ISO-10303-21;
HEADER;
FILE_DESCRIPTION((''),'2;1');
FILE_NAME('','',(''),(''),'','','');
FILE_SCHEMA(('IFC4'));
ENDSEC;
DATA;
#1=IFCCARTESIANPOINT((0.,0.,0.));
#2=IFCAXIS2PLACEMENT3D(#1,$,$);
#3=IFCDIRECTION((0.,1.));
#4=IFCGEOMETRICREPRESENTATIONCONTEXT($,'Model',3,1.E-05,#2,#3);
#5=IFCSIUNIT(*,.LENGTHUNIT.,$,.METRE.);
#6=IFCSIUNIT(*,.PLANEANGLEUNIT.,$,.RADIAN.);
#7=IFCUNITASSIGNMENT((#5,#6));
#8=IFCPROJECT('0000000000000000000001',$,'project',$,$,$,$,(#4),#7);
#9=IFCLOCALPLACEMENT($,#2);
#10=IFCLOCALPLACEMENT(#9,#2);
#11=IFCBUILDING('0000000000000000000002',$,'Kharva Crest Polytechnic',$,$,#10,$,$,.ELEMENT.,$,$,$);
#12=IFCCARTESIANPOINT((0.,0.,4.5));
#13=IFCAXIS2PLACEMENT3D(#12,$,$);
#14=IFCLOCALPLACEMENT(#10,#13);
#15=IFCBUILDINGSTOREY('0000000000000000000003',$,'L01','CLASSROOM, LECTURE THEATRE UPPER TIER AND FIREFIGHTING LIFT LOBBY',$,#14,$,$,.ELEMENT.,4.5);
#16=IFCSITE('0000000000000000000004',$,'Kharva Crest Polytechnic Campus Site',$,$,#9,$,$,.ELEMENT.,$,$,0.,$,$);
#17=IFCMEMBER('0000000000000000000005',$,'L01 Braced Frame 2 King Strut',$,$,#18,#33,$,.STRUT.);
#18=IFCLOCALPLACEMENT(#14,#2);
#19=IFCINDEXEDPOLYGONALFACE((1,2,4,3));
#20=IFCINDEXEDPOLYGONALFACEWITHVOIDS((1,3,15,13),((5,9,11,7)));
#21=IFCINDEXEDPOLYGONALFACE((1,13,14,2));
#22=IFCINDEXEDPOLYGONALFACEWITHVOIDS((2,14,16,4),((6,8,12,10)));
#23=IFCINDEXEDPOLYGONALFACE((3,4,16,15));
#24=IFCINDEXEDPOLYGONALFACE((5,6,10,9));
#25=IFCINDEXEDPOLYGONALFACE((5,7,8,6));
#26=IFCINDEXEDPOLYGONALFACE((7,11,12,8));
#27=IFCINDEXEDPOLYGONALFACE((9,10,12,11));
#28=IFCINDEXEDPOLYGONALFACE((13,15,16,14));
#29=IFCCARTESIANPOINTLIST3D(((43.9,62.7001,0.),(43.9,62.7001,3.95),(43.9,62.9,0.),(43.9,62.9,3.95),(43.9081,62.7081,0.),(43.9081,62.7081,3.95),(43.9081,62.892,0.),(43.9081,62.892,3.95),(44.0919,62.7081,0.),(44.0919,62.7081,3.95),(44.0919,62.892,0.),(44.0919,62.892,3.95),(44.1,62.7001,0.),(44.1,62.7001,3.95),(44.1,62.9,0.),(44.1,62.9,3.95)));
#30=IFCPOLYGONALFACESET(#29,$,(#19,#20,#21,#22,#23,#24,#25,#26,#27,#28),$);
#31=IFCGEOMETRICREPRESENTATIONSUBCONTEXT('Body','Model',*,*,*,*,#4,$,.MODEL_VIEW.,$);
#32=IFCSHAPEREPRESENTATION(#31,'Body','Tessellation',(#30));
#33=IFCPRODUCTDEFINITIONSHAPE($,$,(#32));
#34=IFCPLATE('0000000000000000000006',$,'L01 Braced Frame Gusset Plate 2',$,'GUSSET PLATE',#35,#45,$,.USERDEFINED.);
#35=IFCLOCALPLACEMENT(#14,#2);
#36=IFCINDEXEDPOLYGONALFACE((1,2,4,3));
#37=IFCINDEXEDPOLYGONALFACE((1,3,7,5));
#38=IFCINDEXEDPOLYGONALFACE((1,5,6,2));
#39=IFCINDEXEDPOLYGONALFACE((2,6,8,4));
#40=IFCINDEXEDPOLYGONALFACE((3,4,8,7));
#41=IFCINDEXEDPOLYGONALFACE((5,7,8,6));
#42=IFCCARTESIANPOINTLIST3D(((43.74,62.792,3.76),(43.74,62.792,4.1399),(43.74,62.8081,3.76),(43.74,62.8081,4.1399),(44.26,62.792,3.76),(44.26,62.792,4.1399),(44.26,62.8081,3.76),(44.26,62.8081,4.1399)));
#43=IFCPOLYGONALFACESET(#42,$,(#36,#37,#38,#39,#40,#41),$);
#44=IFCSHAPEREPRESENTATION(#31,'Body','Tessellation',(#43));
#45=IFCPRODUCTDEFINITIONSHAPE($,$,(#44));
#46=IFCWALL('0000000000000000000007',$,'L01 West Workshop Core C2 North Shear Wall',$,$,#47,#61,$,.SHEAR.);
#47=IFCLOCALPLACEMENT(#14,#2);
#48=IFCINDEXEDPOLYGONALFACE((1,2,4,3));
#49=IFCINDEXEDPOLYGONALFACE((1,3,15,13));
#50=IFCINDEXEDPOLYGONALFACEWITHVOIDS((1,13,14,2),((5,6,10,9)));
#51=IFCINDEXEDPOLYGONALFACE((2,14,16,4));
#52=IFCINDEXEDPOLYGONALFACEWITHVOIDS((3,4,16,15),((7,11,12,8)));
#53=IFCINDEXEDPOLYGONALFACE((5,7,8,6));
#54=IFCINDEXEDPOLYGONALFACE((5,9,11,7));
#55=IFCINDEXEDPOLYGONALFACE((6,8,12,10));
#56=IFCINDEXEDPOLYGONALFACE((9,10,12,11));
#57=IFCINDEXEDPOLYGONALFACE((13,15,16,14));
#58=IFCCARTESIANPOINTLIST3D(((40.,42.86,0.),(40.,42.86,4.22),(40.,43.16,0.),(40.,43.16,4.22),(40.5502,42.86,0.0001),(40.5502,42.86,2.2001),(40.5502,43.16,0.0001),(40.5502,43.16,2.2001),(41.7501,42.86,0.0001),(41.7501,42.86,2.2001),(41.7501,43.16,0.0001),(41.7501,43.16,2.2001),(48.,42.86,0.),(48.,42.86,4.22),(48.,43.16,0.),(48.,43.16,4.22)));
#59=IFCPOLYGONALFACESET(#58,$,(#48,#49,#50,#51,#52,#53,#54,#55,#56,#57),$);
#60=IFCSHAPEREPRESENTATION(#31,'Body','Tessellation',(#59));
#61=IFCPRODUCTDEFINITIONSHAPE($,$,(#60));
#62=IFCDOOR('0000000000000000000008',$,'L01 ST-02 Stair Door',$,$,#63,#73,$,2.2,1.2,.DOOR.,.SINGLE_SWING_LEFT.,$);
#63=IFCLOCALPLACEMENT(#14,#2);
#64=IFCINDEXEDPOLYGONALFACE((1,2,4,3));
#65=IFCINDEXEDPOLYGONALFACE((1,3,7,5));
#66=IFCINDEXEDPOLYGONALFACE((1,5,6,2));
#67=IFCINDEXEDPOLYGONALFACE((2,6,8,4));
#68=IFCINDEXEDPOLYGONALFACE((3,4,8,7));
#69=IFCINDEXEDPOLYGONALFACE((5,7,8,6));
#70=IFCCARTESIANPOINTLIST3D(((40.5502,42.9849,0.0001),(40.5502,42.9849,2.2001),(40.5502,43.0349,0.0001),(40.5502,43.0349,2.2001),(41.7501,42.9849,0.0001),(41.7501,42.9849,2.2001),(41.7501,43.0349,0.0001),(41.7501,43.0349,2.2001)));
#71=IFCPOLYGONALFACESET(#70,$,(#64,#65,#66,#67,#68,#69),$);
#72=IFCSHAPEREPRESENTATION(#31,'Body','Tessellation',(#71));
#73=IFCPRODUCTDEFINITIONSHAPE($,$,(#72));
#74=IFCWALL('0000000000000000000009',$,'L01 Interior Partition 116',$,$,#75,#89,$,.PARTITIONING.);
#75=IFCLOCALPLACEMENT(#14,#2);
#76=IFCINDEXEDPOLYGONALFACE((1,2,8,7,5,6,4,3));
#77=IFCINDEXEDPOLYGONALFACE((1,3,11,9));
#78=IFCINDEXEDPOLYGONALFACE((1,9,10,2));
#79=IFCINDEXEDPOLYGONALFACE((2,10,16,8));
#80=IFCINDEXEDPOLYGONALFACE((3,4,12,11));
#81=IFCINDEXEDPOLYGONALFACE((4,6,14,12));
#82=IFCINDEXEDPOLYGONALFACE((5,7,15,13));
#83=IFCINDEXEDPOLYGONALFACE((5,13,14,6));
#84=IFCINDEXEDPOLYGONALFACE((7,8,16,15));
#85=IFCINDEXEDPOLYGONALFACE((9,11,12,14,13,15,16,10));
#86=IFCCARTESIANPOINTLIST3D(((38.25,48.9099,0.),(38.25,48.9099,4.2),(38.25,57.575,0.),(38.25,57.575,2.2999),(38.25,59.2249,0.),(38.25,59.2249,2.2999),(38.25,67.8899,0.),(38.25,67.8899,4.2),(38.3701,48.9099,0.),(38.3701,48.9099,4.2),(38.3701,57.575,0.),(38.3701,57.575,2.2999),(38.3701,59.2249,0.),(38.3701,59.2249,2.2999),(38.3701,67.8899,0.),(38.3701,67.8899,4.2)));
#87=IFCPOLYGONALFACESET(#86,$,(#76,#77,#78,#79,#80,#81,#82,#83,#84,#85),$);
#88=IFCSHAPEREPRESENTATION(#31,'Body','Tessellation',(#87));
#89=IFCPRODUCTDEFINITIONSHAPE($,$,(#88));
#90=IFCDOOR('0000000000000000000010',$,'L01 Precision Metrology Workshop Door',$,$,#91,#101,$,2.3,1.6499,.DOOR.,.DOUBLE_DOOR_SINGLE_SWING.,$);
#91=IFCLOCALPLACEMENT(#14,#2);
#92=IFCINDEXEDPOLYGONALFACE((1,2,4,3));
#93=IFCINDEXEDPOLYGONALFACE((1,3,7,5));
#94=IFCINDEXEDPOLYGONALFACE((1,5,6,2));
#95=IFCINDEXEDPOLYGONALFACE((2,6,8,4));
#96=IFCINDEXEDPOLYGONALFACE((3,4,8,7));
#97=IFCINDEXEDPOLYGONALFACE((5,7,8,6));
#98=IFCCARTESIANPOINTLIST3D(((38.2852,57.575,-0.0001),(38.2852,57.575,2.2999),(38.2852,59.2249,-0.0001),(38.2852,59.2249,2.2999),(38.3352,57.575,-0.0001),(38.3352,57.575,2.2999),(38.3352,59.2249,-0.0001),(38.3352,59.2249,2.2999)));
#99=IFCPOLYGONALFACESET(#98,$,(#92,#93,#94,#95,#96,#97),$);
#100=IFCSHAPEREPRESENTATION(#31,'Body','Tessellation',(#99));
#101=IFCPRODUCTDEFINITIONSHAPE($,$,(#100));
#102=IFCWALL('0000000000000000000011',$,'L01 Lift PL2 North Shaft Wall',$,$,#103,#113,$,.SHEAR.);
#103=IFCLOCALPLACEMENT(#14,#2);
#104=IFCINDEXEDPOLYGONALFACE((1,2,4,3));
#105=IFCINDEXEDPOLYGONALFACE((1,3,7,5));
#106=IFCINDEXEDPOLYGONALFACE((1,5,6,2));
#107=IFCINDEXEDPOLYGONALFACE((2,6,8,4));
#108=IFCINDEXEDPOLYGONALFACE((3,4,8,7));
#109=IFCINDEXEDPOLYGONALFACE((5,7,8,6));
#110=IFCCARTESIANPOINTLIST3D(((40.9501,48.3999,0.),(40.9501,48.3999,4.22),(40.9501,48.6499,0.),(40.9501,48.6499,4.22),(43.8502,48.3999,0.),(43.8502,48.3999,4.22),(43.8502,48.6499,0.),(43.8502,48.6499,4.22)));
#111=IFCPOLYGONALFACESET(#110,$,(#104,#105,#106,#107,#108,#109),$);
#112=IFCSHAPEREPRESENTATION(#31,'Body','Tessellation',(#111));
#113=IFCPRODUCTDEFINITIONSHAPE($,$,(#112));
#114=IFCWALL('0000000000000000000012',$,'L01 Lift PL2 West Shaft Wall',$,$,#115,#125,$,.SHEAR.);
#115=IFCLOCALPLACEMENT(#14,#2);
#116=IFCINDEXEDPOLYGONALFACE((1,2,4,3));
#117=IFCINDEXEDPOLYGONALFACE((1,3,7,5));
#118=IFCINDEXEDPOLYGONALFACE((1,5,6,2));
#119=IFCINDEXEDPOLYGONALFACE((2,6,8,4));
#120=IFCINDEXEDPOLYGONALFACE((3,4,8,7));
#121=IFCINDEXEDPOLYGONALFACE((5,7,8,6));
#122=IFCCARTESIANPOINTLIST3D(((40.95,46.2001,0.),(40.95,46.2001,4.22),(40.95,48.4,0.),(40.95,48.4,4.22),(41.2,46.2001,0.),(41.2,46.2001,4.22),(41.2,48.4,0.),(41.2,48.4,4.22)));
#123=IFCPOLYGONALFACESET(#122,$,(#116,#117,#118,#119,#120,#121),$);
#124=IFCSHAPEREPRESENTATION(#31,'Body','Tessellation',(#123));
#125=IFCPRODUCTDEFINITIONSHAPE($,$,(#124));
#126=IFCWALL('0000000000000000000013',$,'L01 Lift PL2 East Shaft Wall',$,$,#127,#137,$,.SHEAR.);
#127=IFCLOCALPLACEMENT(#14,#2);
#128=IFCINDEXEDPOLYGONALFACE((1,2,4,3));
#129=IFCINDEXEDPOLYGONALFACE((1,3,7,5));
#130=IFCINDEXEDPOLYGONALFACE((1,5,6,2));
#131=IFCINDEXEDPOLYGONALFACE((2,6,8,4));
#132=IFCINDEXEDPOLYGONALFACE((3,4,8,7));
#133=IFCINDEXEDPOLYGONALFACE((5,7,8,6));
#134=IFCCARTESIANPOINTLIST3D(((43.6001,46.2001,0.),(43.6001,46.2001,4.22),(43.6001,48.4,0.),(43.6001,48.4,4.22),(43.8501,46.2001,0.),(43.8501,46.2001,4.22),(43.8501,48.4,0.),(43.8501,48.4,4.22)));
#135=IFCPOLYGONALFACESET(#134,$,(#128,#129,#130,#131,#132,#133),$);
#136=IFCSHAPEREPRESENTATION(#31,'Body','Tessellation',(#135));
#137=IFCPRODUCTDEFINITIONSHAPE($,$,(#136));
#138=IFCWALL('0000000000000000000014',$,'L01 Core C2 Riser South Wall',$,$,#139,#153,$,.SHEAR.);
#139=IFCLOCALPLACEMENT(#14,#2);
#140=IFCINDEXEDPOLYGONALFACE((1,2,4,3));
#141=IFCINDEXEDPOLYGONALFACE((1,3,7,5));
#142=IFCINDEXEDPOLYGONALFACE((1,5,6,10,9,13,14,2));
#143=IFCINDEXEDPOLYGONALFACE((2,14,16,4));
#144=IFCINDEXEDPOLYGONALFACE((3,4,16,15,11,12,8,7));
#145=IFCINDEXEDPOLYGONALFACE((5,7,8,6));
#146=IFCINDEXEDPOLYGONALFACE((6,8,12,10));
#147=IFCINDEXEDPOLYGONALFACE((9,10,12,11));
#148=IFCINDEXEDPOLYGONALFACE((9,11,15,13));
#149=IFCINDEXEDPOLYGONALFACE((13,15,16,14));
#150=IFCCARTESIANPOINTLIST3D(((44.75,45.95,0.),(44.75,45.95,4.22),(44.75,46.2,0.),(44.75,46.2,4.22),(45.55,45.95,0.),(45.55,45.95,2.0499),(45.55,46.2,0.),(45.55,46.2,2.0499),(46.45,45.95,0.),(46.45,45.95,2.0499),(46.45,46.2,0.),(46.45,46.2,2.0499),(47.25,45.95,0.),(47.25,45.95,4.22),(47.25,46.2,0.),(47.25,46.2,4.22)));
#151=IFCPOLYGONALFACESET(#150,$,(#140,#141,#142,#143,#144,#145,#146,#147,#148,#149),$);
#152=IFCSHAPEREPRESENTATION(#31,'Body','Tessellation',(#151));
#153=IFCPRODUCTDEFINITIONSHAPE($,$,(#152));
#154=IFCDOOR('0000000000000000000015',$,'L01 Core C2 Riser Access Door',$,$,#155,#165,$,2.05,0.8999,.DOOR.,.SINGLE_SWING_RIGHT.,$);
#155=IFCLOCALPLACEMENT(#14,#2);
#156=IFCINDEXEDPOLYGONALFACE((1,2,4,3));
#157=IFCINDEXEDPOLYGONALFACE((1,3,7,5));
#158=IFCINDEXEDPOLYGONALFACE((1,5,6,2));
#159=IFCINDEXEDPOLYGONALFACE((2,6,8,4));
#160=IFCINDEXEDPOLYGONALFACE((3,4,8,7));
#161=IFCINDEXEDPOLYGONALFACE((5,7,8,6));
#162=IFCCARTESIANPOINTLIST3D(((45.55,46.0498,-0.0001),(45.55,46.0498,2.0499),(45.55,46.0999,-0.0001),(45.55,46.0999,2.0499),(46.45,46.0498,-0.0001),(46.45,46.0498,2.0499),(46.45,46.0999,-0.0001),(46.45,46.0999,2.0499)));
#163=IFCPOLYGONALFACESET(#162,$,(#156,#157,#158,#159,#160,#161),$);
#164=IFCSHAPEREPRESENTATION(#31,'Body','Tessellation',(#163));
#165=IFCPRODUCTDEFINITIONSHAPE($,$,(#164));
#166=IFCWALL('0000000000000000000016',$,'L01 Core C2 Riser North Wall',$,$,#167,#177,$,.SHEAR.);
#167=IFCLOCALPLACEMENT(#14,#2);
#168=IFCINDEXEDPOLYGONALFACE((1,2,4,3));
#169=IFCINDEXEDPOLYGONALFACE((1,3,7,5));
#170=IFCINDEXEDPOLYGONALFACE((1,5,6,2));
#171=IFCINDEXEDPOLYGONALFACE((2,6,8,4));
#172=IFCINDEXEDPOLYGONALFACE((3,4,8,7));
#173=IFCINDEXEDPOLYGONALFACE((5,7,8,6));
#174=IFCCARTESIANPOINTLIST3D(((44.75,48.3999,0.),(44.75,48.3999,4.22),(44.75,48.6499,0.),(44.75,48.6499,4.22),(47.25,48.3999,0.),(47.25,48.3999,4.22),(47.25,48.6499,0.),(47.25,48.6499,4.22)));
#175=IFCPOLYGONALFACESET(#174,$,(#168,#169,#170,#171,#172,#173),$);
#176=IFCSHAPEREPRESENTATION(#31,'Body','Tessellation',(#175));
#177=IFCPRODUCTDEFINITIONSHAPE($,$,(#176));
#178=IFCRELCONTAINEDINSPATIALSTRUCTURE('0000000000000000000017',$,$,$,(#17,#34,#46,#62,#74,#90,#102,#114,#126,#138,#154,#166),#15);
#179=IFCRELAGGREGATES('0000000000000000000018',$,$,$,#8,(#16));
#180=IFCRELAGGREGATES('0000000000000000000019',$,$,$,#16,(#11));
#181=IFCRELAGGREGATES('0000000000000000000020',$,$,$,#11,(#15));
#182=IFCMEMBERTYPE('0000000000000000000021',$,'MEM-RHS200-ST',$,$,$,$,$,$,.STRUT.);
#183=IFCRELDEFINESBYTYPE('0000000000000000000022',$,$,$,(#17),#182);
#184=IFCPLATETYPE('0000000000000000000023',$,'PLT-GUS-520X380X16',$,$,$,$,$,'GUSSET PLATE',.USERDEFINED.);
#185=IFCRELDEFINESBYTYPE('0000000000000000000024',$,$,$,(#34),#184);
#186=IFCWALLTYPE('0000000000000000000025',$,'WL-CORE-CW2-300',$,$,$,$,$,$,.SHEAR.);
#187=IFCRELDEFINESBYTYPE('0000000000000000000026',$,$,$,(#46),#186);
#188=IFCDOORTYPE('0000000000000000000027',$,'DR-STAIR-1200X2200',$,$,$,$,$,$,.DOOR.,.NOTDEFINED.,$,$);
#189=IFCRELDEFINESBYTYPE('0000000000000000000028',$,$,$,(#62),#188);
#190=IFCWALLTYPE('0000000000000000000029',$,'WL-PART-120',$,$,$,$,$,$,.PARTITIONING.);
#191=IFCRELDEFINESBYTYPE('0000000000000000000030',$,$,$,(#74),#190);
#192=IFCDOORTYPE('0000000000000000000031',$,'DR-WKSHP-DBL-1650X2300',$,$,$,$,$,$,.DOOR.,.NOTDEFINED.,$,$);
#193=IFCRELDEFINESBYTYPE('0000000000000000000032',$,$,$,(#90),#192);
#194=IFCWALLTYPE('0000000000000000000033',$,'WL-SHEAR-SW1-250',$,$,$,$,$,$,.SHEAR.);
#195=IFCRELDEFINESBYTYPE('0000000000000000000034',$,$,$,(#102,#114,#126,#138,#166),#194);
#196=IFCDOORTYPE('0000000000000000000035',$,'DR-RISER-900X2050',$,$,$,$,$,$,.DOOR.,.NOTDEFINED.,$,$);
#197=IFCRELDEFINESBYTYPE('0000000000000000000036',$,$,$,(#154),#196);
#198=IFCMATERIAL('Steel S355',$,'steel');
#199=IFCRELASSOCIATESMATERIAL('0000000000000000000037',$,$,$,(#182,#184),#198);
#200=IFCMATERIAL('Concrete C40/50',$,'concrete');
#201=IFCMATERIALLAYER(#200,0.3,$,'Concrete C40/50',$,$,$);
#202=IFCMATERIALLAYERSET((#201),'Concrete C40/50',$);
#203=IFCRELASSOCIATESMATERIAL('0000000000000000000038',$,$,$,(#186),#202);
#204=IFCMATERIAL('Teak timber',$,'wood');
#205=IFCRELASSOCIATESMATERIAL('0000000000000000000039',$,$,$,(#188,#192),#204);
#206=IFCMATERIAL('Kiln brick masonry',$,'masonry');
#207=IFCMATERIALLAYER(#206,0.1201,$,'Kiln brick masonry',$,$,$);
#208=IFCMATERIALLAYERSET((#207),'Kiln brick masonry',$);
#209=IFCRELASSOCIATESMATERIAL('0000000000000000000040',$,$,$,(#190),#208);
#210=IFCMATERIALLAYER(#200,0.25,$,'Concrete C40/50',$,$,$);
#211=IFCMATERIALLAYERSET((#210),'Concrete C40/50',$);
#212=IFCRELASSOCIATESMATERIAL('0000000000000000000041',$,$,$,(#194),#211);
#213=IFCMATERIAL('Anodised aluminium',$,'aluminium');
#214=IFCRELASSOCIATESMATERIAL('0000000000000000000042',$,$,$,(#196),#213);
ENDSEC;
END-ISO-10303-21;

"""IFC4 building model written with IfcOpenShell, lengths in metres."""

from ifc_helpers import new_model, si_unit, direction, frame, frame_2d, origin, origin_2d, place, context, subcontext, project, spatial, rectangle, hollow_rectangle, extrude, material, layer, layer_set, material_profile, profile_set, type_object, element, fill, save


model = new_model("IFC4")

# Units and contexts
model_context = context("Model", 3, precision=1e-05, world=origin(), true_north=direction((0.0, 1.0)))
body_context = subcontext(model_context, "Body", "Model", "MODEL_VIEW")
ifc_project = project(units=[si_unit("LENGTHUNIT", "METRE"), si_unit("PLANEANGLEUNIT", "RADIAN")], contexts=[model_context])

# Site, building, storey
site_placement = place(None, origin())
site = spatial("IfcSite", under=ifc_project, at=site_placement, Name="Kharva Crest Polytechnic Campus Site", CompositionType="ELEMENT", RefElevation=0.0)
building_placement = place(site_placement, origin())
building = spatial("IfcBuilding", under=site, at=building_placement, Name="Kharva Crest Polytechnic", CompositionType="ELEMENT")
storey_placement = place(building_placement, frame((0.0, 0.0, 4.5)))
storey = spatial("IfcBuildingStorey", under=building, at=storey_placement, Name="L01", Description="CLASSROOM, LECTURE THEATRE UPPER TIER AND FIREFIGHTING LIFT LOBBY", CompositionType="ELEMENT", Elevation=4.5)

# Shared definitions
ifc_material_1 = material(Name="Concrete C40/50", Category="concrete")

# Shared definitions
ifc_material_2 = material(Name="Steel S355", Category="steel")

# Member
ifc_material_profile_1 = material_profile(ifc_material_2, hollow_rectangle(XDim=0.2, YDim=0.2, WallThickness=0.0081, at=origin_2d()), Name="RHS 200X200X8.0")
ifc_profile_set_1 = profile_set([ifc_material_profile_1], Name="Steel S355")
member_type_1 = type_object("IfcMemberType", Name="MEM-RHS200-ST", PredefinedType="STRUT", material=ifc_profile_set_1)
member_1_placement = place(storey_placement, frame((44.0, 62.8, 0.0), z_axis=(0.0, 0.0, 1.0), x_axis=(1.0, 0.0, 0.0)))
element("IfcMember", 1, at=member_1_placement, inside=storey, type_object=member_type_1, Name="L01 Braced Frame 2 King Strut", PredefinedType="STRUT", context=body_context, shape_type="SweptSolid", body=[
    extrude(hollow_rectangle(XDim=0.2, YDim=0.2, WallThickness=0.0081, at=origin_2d()), origin(), (0.0, 0.0, 1.0), 3.95),
])

# Plate
plate_type = type_object("IfcPlateType", Name="PLT-GUS-520X380X16", ElementType="GUSSET PLATE", PredefinedType="USERDEFINED", material=ifc_material_2)
plate_placement = place(storey_placement, frame((44.0, 62.8, 3.76), z_axis=(0.0, 0.0, 1.0), x_axis=(1.0, 0.0, 0.0)))
element("IfcPlate", 2, at=plate_placement, inside=storey, type_object=plate_type, Name="L01 Braced Frame Gusset Plate 2", ObjectType="GUSSET PLATE", PredefinedType="USERDEFINED", context=body_context, shape_type="SweptSolid", body=[
    extrude(rectangle(XDim=0.52, YDim=0.0161, at=origin_2d()), origin(), (0.0, 0.0, 1.0), 0.3799),
])

# Walls, openings, doors
ifc_layer_1 = layer(ifc_material_1, 0.3, Name="Concrete C40/50")
ifc_layer_set_1 = layer_set([ifc_layer_1], Name="Concrete C40/50")
wall_type_1 = type_object("IfcWallType", Name="WL-CORE-CW2-300", PredefinedType="SHEAR", material=ifc_layer_set_1)
wall_1_placement = place(storey_placement, frame((40.0, 43.01, 0.0), z_axis=(0.0, 0.0, 1.0), x_axis=(1.0, 0.0, 0.0)))
wall_1 = element("IfcWall", 3, at=wall_1_placement, inside=storey, type_object=wall_type_1, Name="L01 West Workshop Core C2 North Shear Wall", PredefinedType="SHEAR", context=body_context, shape_type="SweptSolid", body=[
    extrude(rectangle(XDim=8.0, YDim=0.3, at=frame_2d((4.0, 0.0))), origin(), (0.0, 0.0, 1.0), 4.22),
])
opening_1_placement = place(wall_1_placement, frame((0.55, 0.0, 0.0)))
opening_1 = element("IfcOpeningElement", 4, at=opening_1_placement, cuts=wall_1, PredefinedType="OPENING", context=body_context, shape_type="SweptSolid", body=[
    extrude(rectangle(XDim=1.2, YDim=2.2, at=frame_2d((0.6001, 1.1001))), frame((0.0, 0.1599, 0.0), z_axis=(0.0, -1.0, 0.0), x_axis=(1.0, 0.0, 0.0)), (0.0, 0.0, 1.0), 0.3201),
])
ifc_material_3 = material(Name="Teak timber", Category="wood")
door_type_1 = type_object("IfcDoorType", Name="DR-STAIR-1200X2200", OperationType="NOTDEFINED", PredefinedType="DOOR", material=ifc_material_3)
door_1_placement = place(opening_1_placement, origin())
door_1 = element("IfcDoor", 5, at=door_1_placement, inside=storey, type_object=door_type_1, Name="L01 ST-02 Stair Door", OperationType="SINGLE_SWING_LEFT", OverallHeight=2.2, OverallWidth=1.2, PredefinedType="DOOR", context=body_context, shape_type="SweptSolid", body=[
    extrude(rectangle(XDim=1.2, YDim=2.2, at=frame_2d((0.6001, 1.1001))), frame((0.0, 0.0249, 0.0), z_axis=(0.0, -1.0, 0.0), x_axis=(1.0, 0.0, 0.0)), (0.0, 0.0, 1.0), 0.05),
])
fill(opening_1, door_1)
ifc_material_4 = material(Name="Kiln brick masonry", Category="masonry")
ifc_layer_2 = layer(ifc_material_4, 0.1201, Name="Kiln brick masonry")
ifc_layer_set_2 = layer_set([ifc_layer_2], Name="Kiln brick masonry")
wall_type_2 = type_object("IfcWallType", Name="WL-PART-120", PredefinedType="PARTITIONING", material=ifc_layer_set_2)
wall_2_placement = place(storey_placement, frame((38.3101, 48.9099, 0.0), z_axis=(0.0, 0.0, 1.0), x_axis=(0.0, 1.0, 0.0)))
wall_2 = element("IfcWall", 6, at=wall_2_placement, inside=storey, type_object=wall_type_2, Name="L01 Interior Partition 116", PredefinedType="PARTITIONING", context=body_context, shape_type="SweptSolid", body=[
    extrude(rectangle(XDim=18.98, YDim=0.1201, at=frame_2d((9.49, 0.0))), origin(), (0.0, 0.0, 1.0), 4.2),
])
opening_2_placement = place(wall_2_placement, frame((8.665, 0.0, 0.0)))
opening_2 = element("IfcOpeningElement", 7, at=opening_2_placement, cuts=wall_2, PredefinedType="OPENING", context=body_context, shape_type="SweptSolid", body=[
    extrude(rectangle(XDim=1.6499, YDim=2.3, at=frame_2d((0.825, 1.1499))), frame((0.0, 0.0701, 0.0), z_axis=(0.0, -1.0, 0.0), x_axis=(1.0, 0.0, 0.0)), (0.0, 0.0, 1.0), 0.1401),
])
door_type_2 = type_object("IfcDoorType", Name="DR-WKSHP-DBL-1650X2300", OperationType="NOTDEFINED", PredefinedType="DOOR", material=ifc_material_3)
door_2_placement = place(opening_2_placement, origin())
door_2 = element("IfcDoor", 8, at=door_2_placement, inside=storey, type_object=door_type_2, Name="L01 Precision Metrology Workshop Door", OperationType="DOUBLE_DOOR_SINGLE_SWING", OverallHeight=2.3, OverallWidth=1.6499, PredefinedType="DOOR", context=body_context, shape_type="SweptSolid", body=[
    extrude(rectangle(XDim=1.6499, YDim=2.3, at=frame_2d((0.825, 1.1499))), frame((0.0, 0.0249, 0.0), z_axis=(0.0, -1.0, 0.0), x_axis=(1.0, 0.0, 0.0)), (0.0, 0.0, 1.0), 0.05),
])
fill(opening_2, door_2)
ifc_layer_3 = layer(ifc_material_1, 0.25, Name="Concrete C40/50")
ifc_layer_set_3 = layer_set([ifc_layer_3], Name="Concrete C40/50")
wall_type_3 = type_object("IfcWallType", Name="WL-SHEAR-SW1-250", PredefinedType="SHEAR", material=ifc_layer_set_3)
ifc_material_5 = material(Name="Anodised aluminium", Category="aluminium")

# Walls
wall_3_placement = place(storey_placement, frame((40.95, 48.5249, 0.0), z_axis=(0.0, 0.0, 1.0), x_axis=(1.0, 0.0, 0.0)))
element("IfcWall", 9, at=wall_3_placement, inside=storey, type_object=wall_type_3, Name="L01 Lift PL2 North Shaft Wall", PredefinedType="SHEAR", context=body_context, shape_type="SweptSolid", body=[
    extrude(rectangle(XDim=2.9001, YDim=0.25, at=frame_2d((1.4502, 0.0))), origin(), (0.0, 0.0, 1.0), 4.22),
])
for number, where, z_axis, x_axis, name in (
    (10, (41.075, 46.2, 0.0), (0.0, 0.0, 1.0), (0.0, 1.0, 0.0), "L01 Lift PL2 West Shaft Wall"),
    (11, (43.7251, 46.2, 0.0), (0.0, 0.0, 1.0), (0.0, 1.0, 0.0), "L01 Lift PL2 East Shaft Wall"),
):
    element("IfcWall", number, at=place(storey_placement, frame(where, z_axis=z_axis, x_axis=x_axis)), inside=storey, type_object=wall_type_3, Name=name, PredefinedType="SHEAR", context=body_context, shape_type="SweptSolid", body=[
        extrude(rectangle(XDim=2.2, YDim=0.25, at=frame_2d((1.1001, 0.0))), origin(), (0.0, 0.0, 1.0), 4.22),
    ])

# Wall, opening, door
wall_4_placement = place(storey_placement, frame((44.75, 46.075, 0.0), z_axis=(0.0, 0.0, 1.0), x_axis=(1.0, 0.0, 0.0)))
wall_4 = element("IfcWall", 12, at=wall_4_placement, inside=storey, type_object=wall_type_3, Name="L01 Core C2 Riser South Wall", PredefinedType="SHEAR", context=body_context, shape_type="SweptSolid", body=[
    extrude(rectangle(XDim=2.5, YDim=0.25, at=frame_2d((1.25, 0.0))), origin(), (0.0, 0.0, 1.0), 4.22),
])
opening_3_placement = place(wall_4_placement, frame((0.8, 0.0, 0.0)))
opening_3 = element("IfcOpeningElement", 13, at=opening_3_placement, cuts=wall_4, PredefinedType="OPENING", context=body_context, shape_type="SweptSolid", body=[
    extrude(rectangle(XDim=0.8999, YDim=2.05, at=frame_2d((0.45, 1.0249))), frame((0.0, 0.135, 0.0), z_axis=(0.0, -1.0, 0.0), x_axis=(1.0, 0.0, 0.0)), (0.0, 0.0, 1.0), 0.27),
])
door_type_3 = type_object("IfcDoorType", Name="DR-RISER-900X2050", OperationType="NOTDEFINED", PredefinedType="DOOR", material=ifc_material_5)
door_3_placement = place(opening_3_placement, origin())
door_3 = element("IfcDoor", 14, at=door_3_placement, inside=storey, type_object=door_type_3, Name="L01 Core C2 Riser Access Door", OperationType="SINGLE_SWING_RIGHT", OverallHeight=2.05, OverallWidth=0.8999, PredefinedType="DOOR", context=body_context, shape_type="SweptSolid", body=[
    extrude(rectangle(XDim=0.8999, YDim=2.05, at=frame_2d((0.45, 1.0249))), frame((0.0, 0.0249, 0.0), z_axis=(0.0, -1.0, 0.0), x_axis=(1.0, 0.0, 0.0)), (0.0, 0.0, 1.0), 0.05),
])
fill(opening_3, door_3)

# Wall
wall_5_placement = place(storey_placement, frame((44.75, 48.5249, 0.0), z_axis=(0.0, 0.0, 1.0), x_axis=(1.0, 0.0, 0.0)))
element("IfcWall", 15, at=wall_5_placement, inside=storey, type_object=wall_type_3, Name="L01 Core C2 Riser North Wall", PredefinedType="SHEAR", context=body_context, shape_type="SweptSolid", body=[
    extrude(rectangle(XDim=2.5, YDim=0.25, at=frame_2d((1.25, 0.0))), origin(), (0.0, 0.0, 1.0), 4.22),
])

save(model, "model.ifc")
